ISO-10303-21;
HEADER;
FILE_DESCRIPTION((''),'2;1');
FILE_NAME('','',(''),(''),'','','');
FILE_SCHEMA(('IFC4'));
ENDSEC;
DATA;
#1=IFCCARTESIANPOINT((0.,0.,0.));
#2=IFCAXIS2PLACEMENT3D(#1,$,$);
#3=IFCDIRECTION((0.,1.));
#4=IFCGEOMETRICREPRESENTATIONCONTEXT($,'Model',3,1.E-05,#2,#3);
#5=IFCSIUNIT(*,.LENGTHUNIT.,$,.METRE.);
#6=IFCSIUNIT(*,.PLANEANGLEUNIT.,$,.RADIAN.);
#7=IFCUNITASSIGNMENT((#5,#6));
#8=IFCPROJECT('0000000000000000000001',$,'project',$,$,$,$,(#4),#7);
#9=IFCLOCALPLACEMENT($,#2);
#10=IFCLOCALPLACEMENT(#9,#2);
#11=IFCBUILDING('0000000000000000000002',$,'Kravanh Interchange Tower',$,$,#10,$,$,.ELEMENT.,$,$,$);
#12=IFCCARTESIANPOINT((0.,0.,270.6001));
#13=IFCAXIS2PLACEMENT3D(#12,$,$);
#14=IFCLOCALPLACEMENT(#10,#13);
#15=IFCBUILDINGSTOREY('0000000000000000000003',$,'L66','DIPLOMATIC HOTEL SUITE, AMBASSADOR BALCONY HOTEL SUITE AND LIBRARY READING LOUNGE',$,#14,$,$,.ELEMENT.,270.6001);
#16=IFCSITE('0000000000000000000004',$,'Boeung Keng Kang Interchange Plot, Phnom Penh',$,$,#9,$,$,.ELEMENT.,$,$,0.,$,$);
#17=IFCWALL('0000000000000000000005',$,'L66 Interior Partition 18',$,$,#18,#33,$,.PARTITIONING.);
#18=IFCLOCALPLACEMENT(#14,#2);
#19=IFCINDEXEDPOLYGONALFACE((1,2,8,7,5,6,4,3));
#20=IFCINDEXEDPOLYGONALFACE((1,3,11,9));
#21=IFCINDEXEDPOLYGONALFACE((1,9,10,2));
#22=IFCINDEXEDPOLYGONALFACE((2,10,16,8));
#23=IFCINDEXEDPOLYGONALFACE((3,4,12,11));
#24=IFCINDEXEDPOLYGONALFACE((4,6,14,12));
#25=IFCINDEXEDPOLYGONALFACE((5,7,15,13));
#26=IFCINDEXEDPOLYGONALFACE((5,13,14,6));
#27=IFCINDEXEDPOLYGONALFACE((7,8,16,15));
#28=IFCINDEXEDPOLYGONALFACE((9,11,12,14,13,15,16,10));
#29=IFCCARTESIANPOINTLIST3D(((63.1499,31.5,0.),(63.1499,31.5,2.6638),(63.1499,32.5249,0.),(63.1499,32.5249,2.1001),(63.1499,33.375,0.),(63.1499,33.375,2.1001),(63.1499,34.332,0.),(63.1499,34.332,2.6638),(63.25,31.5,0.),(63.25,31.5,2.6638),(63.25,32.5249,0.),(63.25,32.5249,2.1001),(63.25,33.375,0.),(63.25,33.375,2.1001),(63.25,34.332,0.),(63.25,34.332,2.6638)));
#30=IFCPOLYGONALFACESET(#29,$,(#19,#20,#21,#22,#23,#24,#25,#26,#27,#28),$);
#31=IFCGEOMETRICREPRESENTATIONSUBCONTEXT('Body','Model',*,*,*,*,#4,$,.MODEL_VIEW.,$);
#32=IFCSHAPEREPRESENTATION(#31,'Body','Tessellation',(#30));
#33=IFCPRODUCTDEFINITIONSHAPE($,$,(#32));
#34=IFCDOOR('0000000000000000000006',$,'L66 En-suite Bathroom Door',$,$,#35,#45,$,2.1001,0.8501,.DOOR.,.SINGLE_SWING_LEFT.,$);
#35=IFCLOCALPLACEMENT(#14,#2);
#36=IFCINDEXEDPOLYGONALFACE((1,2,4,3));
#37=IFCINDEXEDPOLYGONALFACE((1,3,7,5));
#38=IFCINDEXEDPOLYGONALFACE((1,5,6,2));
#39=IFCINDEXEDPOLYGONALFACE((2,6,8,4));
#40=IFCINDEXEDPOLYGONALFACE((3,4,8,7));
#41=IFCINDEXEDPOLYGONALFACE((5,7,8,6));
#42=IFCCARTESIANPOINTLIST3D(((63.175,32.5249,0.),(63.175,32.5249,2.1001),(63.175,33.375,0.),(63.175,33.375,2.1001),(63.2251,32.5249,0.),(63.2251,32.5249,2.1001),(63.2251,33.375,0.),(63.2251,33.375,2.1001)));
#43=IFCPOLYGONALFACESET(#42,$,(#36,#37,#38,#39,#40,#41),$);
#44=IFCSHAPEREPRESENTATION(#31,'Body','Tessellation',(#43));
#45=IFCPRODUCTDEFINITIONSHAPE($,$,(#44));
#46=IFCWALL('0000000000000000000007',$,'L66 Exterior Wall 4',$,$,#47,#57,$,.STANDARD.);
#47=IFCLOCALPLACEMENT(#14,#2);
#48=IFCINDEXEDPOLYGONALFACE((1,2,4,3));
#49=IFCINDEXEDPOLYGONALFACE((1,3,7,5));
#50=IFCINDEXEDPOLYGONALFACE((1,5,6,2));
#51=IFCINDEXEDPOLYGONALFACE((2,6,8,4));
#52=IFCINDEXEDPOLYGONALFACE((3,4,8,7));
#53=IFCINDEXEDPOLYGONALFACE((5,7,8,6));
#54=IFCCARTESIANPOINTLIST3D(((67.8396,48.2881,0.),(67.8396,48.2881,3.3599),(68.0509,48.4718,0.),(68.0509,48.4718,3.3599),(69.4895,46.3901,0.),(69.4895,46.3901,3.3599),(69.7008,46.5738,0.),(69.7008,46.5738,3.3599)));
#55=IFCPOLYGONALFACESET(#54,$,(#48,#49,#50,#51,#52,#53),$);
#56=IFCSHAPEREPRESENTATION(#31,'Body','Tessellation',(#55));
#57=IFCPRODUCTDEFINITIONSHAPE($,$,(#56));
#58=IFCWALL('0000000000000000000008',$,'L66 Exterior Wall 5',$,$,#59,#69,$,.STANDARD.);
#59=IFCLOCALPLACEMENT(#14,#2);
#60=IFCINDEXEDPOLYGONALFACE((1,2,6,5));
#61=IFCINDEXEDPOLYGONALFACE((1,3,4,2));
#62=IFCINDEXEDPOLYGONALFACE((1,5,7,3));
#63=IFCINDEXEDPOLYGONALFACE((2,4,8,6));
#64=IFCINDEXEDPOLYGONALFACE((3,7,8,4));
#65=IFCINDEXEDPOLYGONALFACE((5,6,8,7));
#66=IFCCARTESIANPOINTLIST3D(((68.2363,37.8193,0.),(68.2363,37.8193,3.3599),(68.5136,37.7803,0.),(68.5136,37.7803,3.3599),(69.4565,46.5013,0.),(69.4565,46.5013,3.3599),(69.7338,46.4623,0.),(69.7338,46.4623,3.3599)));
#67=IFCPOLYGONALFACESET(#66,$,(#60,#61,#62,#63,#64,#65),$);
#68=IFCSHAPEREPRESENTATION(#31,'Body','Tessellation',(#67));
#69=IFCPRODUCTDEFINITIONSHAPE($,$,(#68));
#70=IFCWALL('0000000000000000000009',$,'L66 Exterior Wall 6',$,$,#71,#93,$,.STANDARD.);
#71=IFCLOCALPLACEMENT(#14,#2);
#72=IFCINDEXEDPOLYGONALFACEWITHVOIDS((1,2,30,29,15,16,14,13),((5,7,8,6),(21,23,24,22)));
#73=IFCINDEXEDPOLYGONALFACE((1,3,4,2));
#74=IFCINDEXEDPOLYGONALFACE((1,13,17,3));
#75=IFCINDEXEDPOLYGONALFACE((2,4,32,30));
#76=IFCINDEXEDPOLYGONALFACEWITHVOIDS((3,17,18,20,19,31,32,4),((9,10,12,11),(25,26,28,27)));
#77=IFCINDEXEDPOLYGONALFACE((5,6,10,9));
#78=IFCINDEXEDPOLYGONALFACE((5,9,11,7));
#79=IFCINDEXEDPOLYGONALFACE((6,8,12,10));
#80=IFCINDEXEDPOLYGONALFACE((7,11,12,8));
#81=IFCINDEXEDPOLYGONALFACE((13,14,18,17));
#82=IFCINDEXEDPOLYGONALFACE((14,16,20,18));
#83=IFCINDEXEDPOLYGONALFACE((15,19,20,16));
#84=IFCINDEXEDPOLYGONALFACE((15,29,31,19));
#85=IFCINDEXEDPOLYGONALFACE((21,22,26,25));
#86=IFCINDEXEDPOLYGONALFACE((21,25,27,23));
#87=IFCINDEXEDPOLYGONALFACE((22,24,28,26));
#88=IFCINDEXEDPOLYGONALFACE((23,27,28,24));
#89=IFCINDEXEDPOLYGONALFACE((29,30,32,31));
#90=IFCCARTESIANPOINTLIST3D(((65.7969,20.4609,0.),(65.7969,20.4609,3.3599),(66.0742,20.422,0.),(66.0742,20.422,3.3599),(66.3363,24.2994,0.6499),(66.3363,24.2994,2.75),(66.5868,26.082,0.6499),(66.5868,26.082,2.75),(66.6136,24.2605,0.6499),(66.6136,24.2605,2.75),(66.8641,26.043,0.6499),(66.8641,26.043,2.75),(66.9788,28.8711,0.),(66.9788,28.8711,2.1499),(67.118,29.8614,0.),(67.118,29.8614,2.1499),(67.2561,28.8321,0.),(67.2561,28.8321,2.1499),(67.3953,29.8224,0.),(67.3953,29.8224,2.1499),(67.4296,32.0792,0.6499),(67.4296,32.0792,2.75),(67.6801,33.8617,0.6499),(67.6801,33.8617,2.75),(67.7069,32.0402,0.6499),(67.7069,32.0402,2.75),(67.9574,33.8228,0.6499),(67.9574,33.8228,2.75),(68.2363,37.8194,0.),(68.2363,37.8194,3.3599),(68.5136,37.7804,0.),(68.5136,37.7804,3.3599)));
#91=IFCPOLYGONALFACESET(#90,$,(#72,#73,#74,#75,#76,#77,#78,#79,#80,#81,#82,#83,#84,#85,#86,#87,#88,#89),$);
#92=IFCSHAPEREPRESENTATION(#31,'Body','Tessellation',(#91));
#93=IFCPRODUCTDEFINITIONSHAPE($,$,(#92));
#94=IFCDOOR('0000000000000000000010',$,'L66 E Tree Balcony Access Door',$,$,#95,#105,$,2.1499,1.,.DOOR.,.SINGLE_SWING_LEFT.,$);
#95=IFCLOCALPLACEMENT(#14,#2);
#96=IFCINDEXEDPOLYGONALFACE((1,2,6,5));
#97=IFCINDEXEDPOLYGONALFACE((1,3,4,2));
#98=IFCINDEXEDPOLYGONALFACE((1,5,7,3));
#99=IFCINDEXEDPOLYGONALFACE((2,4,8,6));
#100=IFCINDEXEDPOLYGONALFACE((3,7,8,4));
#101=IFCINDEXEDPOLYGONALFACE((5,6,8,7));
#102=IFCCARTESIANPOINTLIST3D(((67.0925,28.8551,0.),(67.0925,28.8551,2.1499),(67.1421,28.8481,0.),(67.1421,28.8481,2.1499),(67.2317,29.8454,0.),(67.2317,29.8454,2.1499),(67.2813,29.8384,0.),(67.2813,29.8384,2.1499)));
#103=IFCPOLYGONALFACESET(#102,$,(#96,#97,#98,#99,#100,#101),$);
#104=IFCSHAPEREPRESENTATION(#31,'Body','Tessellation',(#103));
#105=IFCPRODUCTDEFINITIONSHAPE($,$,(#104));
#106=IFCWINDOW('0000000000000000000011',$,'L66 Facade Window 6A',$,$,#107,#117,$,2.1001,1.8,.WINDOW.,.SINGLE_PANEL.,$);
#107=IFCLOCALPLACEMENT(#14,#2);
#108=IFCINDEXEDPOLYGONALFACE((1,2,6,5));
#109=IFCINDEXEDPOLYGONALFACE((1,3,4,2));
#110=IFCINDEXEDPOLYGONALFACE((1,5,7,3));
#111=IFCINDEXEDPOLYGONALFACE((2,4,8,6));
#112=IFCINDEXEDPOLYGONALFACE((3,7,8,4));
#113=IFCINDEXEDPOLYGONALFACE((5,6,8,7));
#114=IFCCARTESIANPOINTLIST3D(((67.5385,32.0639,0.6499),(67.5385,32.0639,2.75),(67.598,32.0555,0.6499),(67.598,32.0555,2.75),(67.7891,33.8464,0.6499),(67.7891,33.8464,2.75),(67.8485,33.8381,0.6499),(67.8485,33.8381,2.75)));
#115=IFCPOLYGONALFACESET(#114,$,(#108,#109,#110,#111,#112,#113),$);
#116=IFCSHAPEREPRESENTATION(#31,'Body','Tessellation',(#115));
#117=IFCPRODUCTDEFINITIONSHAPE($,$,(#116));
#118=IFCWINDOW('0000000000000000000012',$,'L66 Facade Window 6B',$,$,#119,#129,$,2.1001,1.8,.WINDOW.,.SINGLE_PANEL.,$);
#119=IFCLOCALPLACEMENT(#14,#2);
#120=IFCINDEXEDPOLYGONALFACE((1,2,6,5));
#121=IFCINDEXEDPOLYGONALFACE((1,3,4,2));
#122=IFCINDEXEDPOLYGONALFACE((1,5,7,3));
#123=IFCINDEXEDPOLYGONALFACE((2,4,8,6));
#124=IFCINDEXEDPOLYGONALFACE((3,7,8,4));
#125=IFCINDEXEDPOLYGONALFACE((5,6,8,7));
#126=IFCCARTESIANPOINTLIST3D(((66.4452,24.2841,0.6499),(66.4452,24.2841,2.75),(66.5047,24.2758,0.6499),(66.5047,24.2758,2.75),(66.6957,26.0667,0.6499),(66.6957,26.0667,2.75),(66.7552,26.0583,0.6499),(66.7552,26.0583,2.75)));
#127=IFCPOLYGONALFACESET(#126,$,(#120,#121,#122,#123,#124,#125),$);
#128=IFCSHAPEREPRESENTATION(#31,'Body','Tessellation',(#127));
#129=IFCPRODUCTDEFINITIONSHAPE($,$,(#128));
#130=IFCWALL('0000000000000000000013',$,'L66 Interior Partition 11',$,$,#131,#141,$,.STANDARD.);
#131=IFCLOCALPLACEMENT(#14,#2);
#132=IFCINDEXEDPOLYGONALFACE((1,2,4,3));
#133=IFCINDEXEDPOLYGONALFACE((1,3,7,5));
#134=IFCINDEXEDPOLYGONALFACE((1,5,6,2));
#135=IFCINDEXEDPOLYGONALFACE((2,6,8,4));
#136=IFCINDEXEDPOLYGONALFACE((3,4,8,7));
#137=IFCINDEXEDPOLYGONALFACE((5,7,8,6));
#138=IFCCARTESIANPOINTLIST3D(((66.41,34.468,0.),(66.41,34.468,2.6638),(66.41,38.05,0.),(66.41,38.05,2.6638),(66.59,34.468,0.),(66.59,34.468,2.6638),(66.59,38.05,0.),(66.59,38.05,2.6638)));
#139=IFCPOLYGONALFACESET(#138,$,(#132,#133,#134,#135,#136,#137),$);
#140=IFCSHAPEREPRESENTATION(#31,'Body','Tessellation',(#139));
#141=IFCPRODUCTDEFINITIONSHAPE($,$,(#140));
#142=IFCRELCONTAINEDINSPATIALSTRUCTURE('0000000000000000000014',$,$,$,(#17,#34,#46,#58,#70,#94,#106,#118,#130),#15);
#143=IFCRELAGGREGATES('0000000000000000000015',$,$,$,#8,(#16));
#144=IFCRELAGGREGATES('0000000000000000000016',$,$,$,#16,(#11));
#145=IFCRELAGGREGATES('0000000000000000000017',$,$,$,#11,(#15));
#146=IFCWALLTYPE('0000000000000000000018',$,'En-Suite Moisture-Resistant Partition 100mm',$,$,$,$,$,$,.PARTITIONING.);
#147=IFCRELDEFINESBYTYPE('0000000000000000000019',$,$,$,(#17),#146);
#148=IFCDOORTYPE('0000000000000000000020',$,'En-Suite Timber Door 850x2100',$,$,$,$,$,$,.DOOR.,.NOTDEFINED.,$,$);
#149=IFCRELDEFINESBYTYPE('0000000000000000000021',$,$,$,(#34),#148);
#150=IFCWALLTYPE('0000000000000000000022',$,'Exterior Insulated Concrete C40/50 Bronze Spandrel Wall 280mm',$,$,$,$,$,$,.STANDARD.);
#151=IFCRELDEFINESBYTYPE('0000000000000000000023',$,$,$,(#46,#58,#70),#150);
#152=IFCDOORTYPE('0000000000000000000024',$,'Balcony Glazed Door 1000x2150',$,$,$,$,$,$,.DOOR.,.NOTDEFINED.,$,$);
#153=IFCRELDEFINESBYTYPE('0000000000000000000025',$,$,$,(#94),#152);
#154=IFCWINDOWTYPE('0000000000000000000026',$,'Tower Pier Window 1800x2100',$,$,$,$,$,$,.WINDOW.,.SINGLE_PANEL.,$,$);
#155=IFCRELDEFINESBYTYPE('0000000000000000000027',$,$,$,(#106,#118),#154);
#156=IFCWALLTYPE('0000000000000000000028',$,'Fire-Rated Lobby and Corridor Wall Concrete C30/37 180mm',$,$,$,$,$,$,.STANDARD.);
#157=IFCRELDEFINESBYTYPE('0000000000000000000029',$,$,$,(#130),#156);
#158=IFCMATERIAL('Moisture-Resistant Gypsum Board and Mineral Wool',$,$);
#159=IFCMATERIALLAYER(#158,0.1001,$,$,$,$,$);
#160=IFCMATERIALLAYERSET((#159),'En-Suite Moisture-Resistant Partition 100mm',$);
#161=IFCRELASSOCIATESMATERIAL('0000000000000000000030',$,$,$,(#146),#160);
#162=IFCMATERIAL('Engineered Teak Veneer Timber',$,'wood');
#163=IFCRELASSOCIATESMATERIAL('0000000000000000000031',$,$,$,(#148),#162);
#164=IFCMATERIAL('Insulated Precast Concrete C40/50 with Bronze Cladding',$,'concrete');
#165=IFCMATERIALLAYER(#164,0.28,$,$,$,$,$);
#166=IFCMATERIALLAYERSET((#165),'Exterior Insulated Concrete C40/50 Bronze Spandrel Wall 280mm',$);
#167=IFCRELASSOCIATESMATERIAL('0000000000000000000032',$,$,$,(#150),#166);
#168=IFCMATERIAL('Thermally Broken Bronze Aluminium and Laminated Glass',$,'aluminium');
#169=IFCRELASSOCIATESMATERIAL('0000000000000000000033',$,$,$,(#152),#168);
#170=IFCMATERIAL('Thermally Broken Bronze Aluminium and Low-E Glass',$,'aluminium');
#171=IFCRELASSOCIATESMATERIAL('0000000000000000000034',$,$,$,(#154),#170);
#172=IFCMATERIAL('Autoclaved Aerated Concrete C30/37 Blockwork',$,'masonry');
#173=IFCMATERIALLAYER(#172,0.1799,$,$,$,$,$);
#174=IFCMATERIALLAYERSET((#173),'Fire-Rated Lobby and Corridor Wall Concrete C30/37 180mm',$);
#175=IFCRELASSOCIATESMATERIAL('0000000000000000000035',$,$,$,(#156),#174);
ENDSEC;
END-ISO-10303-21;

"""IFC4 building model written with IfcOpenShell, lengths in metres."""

from ifc_helpers import new_model, si_unit, direction, frame, frame_2d, origin, place, context, subcontext, project, spatial, rectangle, extrude, material, layer, layer_set, type_object, element, fill, save


model = new_model("IFC4")

# Units and contexts
model_context = context("Model", 3, precision=1e-05, world=origin(), true_north=direction((0.0, 1.0)))
body_context = subcontext(model_context, "Body", "Model", "MODEL_VIEW")
ifc_project = project(units=[si_unit("LENGTHUNIT", "METRE"), si_unit("PLANEANGLEUNIT", "RADIAN")], contexts=[model_context])

# Site, building, storey
site_placement = place(None, origin())
site = spatial("IfcSite", under=ifc_project, at=site_placement, Name="Boeung Keng Kang Interchange Plot, Phnom Penh", CompositionType="ELEMENT", RefElevation=0.0)
building_placement = place(site_placement, origin())
building = spatial("IfcBuilding", under=site, at=building_placement, Name="Kravanh Interchange Tower", CompositionType="ELEMENT")
storey_placement = place(building_placement, frame((0.0, 0.0, 270.6001)))
storey = spatial("IfcBuildingStorey", under=building, at=storey_placement, Name="L66", Description="DIPLOMATIC HOTEL SUITE, AMBASSADOR BALCONY HOTEL SUITE AND LIBRARY READING LOUNGE", CompositionType="ELEMENT", Elevation=270.6001)

# Shared definitions
ifc_material_1 = material(Name="Moisture-Resistant Gypsum Board and Mineral Wool")
ifc_layer_1 = layer(ifc_material_1, 0.1001)
ifc_layer_set_1 = layer_set([ifc_layer_1], Name="En-Suite Moisture-Resistant Partition 100mm")
wall_type_1 = type_object("IfcWallType", Name="En-Suite Moisture-Resistant Partition 100mm", PredefinedType="PARTITIONING", material=ifc_layer_set_1)

# Wall, opening, door
wall_1_placement = place(storey_placement, frame((63.2, 31.5, 0.0), z_axis=(0.0, 0.0, 1.0), x_axis=(0.0, 1.0, 0.0)))
wall_1 = element("IfcWall", 1, at=wall_1_placement, inside=storey, type_object=wall_type_1, Name="L66 Interior Partition 18", PredefinedType="PARTITIONING", context=body_context, shape_type="SweptSolid", body=[
    extrude(rectangle(XDim=2.832, YDim=0.1001, at=frame_2d((1.416, 0.0))), origin(), (0.0, 0.0, 1.0), 2.6638),
])
opening_1_placement = place(wall_1_placement, frame((1.0249, 0.0, 0.0)))
opening_1 = element("IfcOpeningElement", 2, at=opening_1_placement, cuts=wall_1, PredefinedType="OPENING", context=body_context, shape_type="SweptSolid", body=[
    extrude(rectangle(XDim=0.8501, YDim=2.1001, at=frame_2d((0.425, 1.05))), frame((0.0, 0.0601, 0.0), z_axis=(0.0, -1.0, 0.0), x_axis=(1.0, 0.0, 0.0)), (0.0, 0.0, 1.0), 0.1201),
])
ifc_material_2 = material(Name="Engineered Teak Veneer Timber", Category="wood")
door_type_1 = type_object("IfcDoorType", Name="En-Suite Timber Door 850x2100", OperationType="NOTDEFINED", PredefinedType="DOOR", material=ifc_material_2)
door_1_placement = place(opening_1_placement, origin())
door_1 = element("IfcDoor", 3, at=door_1_placement, inside=storey, type_object=door_type_1, Name="L66 En-suite Bathroom Door", OperationType="SINGLE_SWING_LEFT", OverallHeight=2.1001, OverallWidth=0.8501, PredefinedType="DOOR", context=body_context, shape_type="SweptSolid", body=[
    extrude(rectangle(XDim=0.8501, YDim=2.1001, at=frame_2d((0.425, 1.05))), frame((0.0, 0.0249, 0.0), z_axis=(0.0, -1.0, 0.0), x_axis=(1.0, 0.0, 0.0)), (0.0, 0.0, 1.0), 0.05),
])
fill(opening_1, door_1)

# Walls
ifc_material_3 = material(Name="Insulated Precast Concrete C40/50 with Bronze Cladding", Category="concrete")
ifc_layer_2 = layer(ifc_material_3, 0.28)
ifc_layer_set_2 = layer_set([ifc_layer_2], Name="Exterior Insulated Concrete C40/50 Bronze Spandrel Wall 280mm")
wall_type_2 = type_object("IfcWallType", Name="Exterior Insulated Concrete C40/50 Bronze Spandrel Wall 280mm", PredefinedType="STANDARD", material=ifc_layer_set_2)
wall_2_placement = place(storey_placement, frame((67.9453, 48.3799, 0.0), z_axis=(0.0, 0.0, 1.0), x_axis=(0.656068, -0.754702, 0.0)))
element("IfcWall", 4, at=wall_2_placement, inside=storey, type_object=wall_type_2, Name="L66 Exterior Wall 4", PredefinedType="STANDARD", context=body_context, shape_type="SweptSolid", body=[
    extrude(rectangle(XDim=2.5149, YDim=0.28, at=frame_2d((1.2573, 0.0))), origin(), (0.0, 0.0, 1.0), 3.3599),
])
wall_3_placement = place(storey_placement, frame((69.5952, 46.4819, 0.0), z_axis=(0.0, 0.0, 1.0), x_axis=(-0.139179, -0.990267, 0.0)))
element("IfcWall", 5, at=wall_3_placement, inside=storey, type_object=wall_type_2, Name="L66 Exterior Wall 5", PredefinedType="STANDARD", context=body_context, shape_type="SweptSolid", body=[
    extrude(rectangle(XDim=8.7673, YDim=0.28, at=frame_2d((4.3838, 0.0))), origin(), (0.0, 0.0, 1.0), 3.3599),
])

# Wall, openings, door, windows
wall_4_placement = place(storey_placement, frame((68.375, 37.8, 0.0), z_axis=(0.0, 0.0, 1.0), x_axis=(-0.139167, -0.990269, 0.0)))
wall_4 = element("IfcWall", 6, at=wall_4_placement, inside=storey, type_object=wall_type_2, Name="L66 Exterior Wall 6", PredefinedType="STANDARD", context=body_context, shape_type="SweptSolid", body=[
    extrude(rectangle(XDim=17.5291, YDim=0.28, at=frame_2d((8.7646, 0.0))), origin(), (0.0, 0.0, 1.0), 3.3599),
])
opening_2_placement = place(wall_4_placement, frame((8.0364, 0.0, 0.0)))
opening_2 = element("IfcOpeningElement", 7, at=opening_2_placement, cuts=wall_4, PredefinedType="OPENING", context=body_context, shape_type="SweptSolid", body=[
    extrude(rectangle(XDim=1.0, YDim=2.1499, at=frame_2d((0.5, 1.075))), frame((0.0, 0.1499, 0.0), z_axis=(0.0, -1.0, 0.0), x_axis=(1.0, 0.0, 0.0)), (0.0, 0.0, 1.0), 0.3),
])
opening_3_placement = place(wall_4_placement, frame((3.9968, 0.0, 0.6499)))
opening_3 = element("IfcOpeningElement", 8, at=opening_3_placement, cuts=wall_4, PredefinedType="OPENING", context=body_context, shape_type="SweptSolid", body=[
    extrude(rectangle(XDim=1.8, YDim=2.1001, at=frame_2d((0.8999, 1.05))), frame((0.0, 0.1499, 0.0), z_axis=(0.0, -1.0, 0.0), x_axis=(1.0, 0.0, 0.0)), (0.0, 0.0, 1.0), 0.3),
])
opening_4_placement = place(wall_4_placement, frame((11.853, 0.0, 0.6499)))
opening_4 = element("IfcOpeningElement", 9, at=opening_4_placement, cuts=wall_4, PredefinedType="OPENING", context=body_context, shape_type="SweptSolid", body=[
    extrude(rectangle(XDim=1.8, YDim=2.1001, at=frame_2d((0.8999, 1.05))), frame((0.0, 0.1499, 0.0), z_axis=(0.0, -1.0, 0.0), x_axis=(1.0, 0.0, 0.0)), (0.0, 0.0, 1.0), 0.3),
])
ifc_material_4 = material(Name="Thermally Broken Bronze Aluminium and Laminated Glass", Category="aluminium")
door_type_2 = type_object("IfcDoorType", Name="Balcony Glazed Door 1000x2150", OperationType="NOTDEFINED", PredefinedType="DOOR", material=ifc_material_4)
door_2_placement = place(opening_2_placement, origin())
door_2 = element("IfcDoor", 10, at=door_2_placement, inside=storey, type_object=door_type_2, Name="L66 E Tree Balcony Access Door", OperationType="SINGLE_SWING_LEFT", OverallHeight=2.1499, OverallWidth=1.0, PredefinedType="DOOR", context=body_context, shape_type="SweptSolid", body=[
    extrude(rectangle(XDim=1.0, YDim=2.1499, at=frame_2d((0.5, 1.075))), frame((0.0, 0.0249, 0.0), z_axis=(0.0, -1.0, 0.0), x_axis=(1.0, 0.0, 0.0)), (0.0, 0.0, 1.0), 0.05),
])
fill(opening_2, door_2)
ifc_material_5 = material(Name="Thermally Broken Bronze Aluminium and Low-E Glass", Category="aluminium")
window_type = type_object("IfcWindowType", Name="Tower Pier Window 1800x2100", PartitioningType="SINGLE_PANEL", PredefinedType="WINDOW", material=ifc_material_5)
window_1_placement = place(opening_3_placement, origin())
window_1 = element("IfcWindow", 11, at=window_1_placement, inside=storey, type_object=window_type, Name="L66 Facade Window 6A", OverallHeight=2.1001, OverallWidth=1.8, PartitioningType="SINGLE_PANEL", PredefinedType="WINDOW", context=body_context, shape_type="SweptSolid", body=[
    extrude(rectangle(XDim=1.8, YDim=2.1001, at=frame_2d((0.8999, 1.05))), frame((0.0, 0.03, 0.0), z_axis=(0.0, -1.0, 0.0), x_axis=(1.0, 0.0, 0.0)), (0.0, 0.0, 1.0), 0.0601),
])
fill(opening_3, window_1)
window_2_placement = place(opening_4_placement, origin())
window_2 = element("IfcWindow", 12, at=window_2_placement, inside=storey, type_object=window_type, Name="L66 Facade Window 6B", OverallHeight=2.1001, OverallWidth=1.8, PartitioningType="SINGLE_PANEL", PredefinedType="WINDOW", context=body_context, shape_type="SweptSolid", body=[
    extrude(rectangle(XDim=1.8, YDim=2.1001, at=frame_2d((0.8999, 1.05))), frame((0.0, 0.03, 0.0), z_axis=(0.0, -1.0, 0.0), x_axis=(1.0, 0.0, 0.0)), (0.0, 0.0, 1.0), 0.0601),
])
fill(opening_4, window_2)

# Wall
ifc_material_6 = material(Name="Autoclaved Aerated Concrete C30/37 Blockwork", Category="masonry")
ifc_layer_3 = layer(ifc_material_6, 0.1799)
ifc_layer_set_3 = layer_set([ifc_layer_3], Name="Fire-Rated Lobby and Corridor Wall Concrete C30/37 180mm")
wall_type_3 = type_object("IfcWallType", Name="Fire-Rated Lobby and Corridor Wall Concrete C30/37 180mm", PredefinedType="STANDARD", material=ifc_layer_set_3)
wall_5_placement = place(storey_placement, frame((66.5, 34.468, 0.0), z_axis=(0.0, 0.0, 1.0), x_axis=(0.0, 1.0, 0.0)))
element("IfcWall", 13, at=wall_5_placement, inside=storey, type_object=wall_type_3, Name="L66 Interior Partition 11", PredefinedType="STANDARD", context=body_context, shape_type="SweptSolid", body=[
    extrude(rectangle(XDim=3.582, YDim=0.1799, at=frame_2d((1.791, 0.0))), origin(), (0.0, 0.0, 1.0), 2.6638),
])

save(model, "model.ifc")
